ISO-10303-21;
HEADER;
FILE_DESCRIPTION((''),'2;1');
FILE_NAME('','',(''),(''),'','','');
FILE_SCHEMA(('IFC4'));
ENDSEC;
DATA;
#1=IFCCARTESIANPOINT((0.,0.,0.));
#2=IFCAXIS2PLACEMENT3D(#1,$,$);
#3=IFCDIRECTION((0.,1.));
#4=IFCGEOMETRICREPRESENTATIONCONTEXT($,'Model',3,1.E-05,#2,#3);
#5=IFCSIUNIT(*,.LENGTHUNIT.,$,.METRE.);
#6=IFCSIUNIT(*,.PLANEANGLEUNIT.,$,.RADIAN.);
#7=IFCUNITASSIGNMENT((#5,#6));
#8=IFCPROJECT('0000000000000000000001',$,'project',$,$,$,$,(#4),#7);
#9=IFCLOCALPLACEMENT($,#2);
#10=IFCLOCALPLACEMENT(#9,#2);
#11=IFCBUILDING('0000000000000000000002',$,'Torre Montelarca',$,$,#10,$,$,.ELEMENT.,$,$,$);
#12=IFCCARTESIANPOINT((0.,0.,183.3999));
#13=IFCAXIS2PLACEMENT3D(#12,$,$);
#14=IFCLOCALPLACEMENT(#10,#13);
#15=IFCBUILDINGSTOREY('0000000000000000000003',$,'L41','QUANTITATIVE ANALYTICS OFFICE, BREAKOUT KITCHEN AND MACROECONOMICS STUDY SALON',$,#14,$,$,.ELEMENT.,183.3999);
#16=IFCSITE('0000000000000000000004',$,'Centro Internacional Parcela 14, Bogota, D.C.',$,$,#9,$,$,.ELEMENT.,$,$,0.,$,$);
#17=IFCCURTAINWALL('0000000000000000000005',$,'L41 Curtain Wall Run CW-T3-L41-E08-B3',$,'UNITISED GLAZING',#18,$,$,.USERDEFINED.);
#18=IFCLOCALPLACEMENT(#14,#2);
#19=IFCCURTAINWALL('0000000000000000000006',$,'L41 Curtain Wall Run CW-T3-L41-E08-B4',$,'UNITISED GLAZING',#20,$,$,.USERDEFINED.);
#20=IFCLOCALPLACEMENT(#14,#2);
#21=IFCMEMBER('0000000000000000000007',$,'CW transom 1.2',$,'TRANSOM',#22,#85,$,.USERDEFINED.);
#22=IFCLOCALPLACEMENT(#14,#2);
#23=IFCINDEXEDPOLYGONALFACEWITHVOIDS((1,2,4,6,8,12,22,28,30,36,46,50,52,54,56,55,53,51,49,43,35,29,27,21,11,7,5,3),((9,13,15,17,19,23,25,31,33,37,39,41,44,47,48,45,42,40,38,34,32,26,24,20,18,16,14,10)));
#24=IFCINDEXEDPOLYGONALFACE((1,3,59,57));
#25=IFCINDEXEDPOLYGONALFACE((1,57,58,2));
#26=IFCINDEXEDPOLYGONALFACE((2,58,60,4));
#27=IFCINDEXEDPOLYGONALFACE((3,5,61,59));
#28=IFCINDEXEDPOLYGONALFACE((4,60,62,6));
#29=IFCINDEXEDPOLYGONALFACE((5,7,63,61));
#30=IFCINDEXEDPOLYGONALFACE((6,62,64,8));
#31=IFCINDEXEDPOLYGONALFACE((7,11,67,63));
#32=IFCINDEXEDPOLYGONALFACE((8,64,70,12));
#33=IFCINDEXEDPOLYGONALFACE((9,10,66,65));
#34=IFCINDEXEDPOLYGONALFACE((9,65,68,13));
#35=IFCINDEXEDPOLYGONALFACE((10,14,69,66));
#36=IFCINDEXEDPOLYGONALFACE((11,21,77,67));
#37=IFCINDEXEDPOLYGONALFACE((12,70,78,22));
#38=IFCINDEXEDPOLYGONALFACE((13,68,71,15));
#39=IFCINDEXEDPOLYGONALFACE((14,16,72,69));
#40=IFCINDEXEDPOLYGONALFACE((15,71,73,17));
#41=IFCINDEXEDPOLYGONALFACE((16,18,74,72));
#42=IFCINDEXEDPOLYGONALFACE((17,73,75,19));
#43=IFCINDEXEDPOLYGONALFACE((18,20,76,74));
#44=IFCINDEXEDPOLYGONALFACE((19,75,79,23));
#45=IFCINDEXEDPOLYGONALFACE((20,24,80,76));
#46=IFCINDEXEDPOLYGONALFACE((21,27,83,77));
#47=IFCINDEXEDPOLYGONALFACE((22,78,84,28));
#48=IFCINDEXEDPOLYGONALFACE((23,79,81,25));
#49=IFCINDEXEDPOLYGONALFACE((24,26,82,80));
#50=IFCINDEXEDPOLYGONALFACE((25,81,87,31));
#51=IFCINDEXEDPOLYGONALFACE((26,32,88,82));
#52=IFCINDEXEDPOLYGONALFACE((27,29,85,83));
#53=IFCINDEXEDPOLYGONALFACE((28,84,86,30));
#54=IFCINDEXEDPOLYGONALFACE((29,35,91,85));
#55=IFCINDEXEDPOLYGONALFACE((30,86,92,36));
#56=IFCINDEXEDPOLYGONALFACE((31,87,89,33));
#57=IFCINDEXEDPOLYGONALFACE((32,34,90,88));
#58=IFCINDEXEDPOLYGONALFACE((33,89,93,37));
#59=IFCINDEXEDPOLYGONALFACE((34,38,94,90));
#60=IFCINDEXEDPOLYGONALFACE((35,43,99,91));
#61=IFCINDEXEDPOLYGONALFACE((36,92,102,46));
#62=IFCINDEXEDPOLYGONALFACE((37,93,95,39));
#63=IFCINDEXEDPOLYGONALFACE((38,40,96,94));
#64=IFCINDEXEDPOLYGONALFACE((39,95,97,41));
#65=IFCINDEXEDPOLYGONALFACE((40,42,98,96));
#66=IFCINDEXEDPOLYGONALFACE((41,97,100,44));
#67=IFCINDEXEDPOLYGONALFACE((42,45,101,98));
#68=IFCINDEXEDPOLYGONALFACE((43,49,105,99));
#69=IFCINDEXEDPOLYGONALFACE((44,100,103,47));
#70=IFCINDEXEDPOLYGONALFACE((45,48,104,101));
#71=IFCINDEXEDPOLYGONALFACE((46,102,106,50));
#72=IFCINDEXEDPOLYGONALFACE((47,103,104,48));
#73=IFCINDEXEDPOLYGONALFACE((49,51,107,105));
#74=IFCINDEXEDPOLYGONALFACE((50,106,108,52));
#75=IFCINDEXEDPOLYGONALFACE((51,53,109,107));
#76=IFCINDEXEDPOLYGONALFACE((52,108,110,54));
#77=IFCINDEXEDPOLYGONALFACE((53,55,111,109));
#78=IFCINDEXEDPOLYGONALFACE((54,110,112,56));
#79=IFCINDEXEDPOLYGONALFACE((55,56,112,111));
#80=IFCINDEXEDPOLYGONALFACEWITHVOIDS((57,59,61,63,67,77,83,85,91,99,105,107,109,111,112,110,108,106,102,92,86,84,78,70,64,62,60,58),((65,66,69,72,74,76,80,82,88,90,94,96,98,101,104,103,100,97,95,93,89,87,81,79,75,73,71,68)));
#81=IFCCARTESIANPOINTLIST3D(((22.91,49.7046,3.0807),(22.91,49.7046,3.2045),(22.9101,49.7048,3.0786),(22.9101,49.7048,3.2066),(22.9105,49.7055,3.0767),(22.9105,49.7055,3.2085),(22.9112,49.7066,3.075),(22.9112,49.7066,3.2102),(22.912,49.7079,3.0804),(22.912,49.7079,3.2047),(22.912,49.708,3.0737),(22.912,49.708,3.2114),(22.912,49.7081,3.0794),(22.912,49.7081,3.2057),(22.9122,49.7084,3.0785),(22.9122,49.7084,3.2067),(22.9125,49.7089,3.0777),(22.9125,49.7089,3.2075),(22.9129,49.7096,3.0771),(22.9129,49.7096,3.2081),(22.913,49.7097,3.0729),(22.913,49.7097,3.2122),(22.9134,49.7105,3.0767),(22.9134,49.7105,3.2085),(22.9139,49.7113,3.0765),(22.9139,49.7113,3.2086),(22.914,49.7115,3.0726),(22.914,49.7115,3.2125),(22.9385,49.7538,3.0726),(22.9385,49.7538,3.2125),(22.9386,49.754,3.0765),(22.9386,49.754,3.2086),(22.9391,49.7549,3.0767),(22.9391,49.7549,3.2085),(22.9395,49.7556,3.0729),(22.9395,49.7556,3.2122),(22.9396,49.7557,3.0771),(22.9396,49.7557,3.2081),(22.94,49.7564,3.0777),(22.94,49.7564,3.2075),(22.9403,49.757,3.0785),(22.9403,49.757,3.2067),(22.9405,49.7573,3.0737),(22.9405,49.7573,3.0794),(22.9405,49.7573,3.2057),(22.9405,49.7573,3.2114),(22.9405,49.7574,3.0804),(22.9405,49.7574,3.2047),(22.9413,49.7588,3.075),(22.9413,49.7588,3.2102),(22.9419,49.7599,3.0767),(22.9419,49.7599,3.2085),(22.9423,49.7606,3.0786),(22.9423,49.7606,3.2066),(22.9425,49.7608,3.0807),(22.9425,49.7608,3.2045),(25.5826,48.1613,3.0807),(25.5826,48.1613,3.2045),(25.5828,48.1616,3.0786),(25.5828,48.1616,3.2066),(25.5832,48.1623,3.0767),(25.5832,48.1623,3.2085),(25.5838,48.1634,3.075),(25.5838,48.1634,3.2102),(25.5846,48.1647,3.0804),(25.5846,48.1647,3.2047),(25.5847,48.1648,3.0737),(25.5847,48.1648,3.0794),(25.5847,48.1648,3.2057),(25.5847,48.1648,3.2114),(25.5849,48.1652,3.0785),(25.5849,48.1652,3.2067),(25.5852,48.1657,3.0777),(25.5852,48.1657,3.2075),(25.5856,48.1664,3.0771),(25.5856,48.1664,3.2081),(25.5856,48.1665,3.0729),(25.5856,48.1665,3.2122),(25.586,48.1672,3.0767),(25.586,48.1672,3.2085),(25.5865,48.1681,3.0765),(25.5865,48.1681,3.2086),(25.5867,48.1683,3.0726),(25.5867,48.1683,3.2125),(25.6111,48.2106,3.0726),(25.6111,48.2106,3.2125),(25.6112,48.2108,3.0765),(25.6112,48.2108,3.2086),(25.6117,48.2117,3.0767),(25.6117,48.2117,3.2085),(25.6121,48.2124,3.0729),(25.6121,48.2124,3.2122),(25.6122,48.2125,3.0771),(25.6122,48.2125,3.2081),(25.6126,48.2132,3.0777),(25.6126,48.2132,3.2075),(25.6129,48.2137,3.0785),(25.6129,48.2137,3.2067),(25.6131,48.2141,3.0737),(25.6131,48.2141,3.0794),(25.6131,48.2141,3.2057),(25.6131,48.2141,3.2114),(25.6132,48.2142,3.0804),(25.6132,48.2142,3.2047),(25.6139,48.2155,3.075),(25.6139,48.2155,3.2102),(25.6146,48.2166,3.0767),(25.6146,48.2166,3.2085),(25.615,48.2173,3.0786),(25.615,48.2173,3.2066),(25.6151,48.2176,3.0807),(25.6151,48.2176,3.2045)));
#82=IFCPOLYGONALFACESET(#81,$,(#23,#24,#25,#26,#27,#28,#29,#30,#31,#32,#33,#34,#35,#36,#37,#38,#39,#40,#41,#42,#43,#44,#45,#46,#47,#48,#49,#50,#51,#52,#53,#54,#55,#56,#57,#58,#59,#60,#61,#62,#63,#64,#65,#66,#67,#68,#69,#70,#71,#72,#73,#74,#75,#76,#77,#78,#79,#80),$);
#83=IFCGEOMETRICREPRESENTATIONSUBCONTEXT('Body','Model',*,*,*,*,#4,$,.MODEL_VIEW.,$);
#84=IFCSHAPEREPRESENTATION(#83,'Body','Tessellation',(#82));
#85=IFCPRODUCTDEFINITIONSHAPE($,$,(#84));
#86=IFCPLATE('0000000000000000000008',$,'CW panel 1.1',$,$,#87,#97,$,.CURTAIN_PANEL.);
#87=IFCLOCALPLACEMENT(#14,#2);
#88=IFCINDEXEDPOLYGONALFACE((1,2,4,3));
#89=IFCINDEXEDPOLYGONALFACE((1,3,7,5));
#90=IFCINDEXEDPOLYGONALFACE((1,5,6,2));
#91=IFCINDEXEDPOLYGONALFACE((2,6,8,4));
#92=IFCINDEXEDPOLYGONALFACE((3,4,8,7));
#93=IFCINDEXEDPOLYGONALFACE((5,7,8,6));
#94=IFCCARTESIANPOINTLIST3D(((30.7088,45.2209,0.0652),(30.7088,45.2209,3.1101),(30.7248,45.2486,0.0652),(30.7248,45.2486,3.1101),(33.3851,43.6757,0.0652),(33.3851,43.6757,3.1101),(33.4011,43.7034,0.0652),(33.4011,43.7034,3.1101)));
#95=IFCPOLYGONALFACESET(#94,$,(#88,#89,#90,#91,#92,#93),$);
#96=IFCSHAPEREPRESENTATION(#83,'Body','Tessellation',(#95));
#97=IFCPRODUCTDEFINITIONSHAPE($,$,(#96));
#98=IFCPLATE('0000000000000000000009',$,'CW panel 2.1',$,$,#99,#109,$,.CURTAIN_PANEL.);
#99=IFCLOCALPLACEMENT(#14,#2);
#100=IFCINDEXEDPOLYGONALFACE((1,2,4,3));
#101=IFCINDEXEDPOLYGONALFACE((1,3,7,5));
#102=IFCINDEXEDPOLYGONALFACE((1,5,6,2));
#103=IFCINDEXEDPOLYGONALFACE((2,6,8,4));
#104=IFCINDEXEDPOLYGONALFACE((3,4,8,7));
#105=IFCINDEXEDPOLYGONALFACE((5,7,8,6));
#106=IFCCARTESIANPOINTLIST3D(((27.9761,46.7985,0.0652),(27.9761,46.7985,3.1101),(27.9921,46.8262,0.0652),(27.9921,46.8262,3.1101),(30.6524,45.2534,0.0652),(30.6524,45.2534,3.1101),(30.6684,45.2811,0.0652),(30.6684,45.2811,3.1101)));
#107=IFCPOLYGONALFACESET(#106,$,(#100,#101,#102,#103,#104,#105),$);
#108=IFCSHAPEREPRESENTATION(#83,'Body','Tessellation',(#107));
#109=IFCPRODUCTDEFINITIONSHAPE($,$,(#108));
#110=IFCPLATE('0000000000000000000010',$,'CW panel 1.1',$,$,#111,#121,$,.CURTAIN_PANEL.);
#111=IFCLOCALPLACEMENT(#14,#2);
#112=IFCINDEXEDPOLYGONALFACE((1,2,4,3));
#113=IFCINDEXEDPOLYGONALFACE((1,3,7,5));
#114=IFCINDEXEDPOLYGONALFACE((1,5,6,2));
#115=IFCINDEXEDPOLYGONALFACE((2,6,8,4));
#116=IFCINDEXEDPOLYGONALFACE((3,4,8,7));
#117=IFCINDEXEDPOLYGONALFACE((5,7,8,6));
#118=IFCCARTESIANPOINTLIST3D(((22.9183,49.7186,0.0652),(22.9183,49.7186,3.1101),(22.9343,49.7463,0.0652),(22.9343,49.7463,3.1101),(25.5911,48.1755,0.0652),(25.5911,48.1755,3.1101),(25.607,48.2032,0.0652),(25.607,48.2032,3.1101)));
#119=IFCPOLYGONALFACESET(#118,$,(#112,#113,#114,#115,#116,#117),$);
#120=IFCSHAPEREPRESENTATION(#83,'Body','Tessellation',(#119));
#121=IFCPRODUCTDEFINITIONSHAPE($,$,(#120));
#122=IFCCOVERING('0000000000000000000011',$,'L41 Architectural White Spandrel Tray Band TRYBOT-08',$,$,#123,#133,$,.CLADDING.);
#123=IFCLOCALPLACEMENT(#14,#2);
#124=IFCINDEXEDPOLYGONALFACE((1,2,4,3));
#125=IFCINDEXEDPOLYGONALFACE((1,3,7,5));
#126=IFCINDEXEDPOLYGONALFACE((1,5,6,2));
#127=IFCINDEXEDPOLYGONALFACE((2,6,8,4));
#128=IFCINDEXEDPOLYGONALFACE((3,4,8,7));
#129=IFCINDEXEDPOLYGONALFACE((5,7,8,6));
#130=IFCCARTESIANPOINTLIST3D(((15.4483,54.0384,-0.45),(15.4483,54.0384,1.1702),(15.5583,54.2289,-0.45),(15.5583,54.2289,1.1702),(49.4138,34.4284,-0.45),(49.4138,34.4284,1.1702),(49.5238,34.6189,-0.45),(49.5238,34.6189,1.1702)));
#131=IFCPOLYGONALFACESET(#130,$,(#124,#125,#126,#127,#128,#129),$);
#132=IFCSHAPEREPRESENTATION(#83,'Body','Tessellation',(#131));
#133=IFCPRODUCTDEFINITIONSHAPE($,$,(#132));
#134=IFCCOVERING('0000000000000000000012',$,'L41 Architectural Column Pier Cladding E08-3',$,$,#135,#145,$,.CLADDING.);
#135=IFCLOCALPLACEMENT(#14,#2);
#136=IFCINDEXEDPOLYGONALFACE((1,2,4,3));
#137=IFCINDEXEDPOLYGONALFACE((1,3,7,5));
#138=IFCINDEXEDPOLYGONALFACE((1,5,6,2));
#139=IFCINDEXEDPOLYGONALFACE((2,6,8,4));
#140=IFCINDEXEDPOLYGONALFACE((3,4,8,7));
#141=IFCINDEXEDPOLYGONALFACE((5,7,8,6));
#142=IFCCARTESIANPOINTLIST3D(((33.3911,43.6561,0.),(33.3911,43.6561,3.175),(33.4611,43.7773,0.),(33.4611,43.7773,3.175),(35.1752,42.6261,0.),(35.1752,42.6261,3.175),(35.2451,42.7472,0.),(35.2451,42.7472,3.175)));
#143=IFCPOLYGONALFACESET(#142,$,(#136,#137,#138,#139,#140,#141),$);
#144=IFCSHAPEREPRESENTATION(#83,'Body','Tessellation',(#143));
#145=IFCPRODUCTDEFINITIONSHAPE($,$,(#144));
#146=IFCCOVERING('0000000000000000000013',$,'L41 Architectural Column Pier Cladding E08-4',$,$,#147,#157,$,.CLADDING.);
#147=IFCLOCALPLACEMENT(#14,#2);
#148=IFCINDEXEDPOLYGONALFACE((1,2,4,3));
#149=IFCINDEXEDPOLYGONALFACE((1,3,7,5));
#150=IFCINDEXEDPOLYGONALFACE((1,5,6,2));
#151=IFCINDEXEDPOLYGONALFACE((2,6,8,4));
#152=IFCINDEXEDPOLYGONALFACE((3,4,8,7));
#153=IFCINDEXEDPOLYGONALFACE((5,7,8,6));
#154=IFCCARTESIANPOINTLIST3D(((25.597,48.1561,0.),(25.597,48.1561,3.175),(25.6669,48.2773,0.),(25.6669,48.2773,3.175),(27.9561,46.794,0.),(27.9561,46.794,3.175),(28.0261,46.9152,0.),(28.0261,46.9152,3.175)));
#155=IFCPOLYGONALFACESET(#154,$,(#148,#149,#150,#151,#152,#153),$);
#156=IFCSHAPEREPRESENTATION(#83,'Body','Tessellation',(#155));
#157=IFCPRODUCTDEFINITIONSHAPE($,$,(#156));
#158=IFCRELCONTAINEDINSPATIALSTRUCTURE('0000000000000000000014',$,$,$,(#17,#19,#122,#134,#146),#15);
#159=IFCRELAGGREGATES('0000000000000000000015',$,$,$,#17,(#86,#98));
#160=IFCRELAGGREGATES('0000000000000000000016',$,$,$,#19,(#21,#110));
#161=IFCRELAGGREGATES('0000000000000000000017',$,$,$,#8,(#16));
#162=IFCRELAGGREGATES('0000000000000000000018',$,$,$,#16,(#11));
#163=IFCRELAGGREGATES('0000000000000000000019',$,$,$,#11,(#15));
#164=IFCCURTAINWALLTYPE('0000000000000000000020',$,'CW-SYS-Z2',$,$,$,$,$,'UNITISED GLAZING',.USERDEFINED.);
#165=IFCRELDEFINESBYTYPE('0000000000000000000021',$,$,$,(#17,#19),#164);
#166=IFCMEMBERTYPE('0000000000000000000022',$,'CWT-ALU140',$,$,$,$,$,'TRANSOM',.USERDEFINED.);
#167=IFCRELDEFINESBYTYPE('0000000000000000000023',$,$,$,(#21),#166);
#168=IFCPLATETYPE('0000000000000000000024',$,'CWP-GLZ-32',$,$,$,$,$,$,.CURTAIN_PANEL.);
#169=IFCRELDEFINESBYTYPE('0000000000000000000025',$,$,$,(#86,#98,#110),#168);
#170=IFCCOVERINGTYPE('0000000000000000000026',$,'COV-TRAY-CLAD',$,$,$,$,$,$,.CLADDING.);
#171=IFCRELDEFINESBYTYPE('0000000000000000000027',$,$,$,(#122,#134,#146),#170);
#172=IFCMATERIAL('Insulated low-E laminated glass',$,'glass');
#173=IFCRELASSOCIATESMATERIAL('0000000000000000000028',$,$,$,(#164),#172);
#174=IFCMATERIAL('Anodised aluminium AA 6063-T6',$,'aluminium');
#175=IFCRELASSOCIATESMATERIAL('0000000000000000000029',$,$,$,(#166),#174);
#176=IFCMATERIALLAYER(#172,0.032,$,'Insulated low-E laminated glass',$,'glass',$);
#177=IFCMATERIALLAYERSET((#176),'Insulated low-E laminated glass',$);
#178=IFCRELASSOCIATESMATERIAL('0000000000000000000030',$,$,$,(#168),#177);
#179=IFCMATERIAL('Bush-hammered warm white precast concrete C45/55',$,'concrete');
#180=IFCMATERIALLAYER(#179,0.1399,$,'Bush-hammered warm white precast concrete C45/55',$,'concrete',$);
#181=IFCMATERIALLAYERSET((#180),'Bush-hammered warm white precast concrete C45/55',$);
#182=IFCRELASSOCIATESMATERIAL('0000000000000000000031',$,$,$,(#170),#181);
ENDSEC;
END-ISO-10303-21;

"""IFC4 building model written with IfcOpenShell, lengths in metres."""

from ifc_helpers import new_model, si_unit, direction, frame, origin, origin_2d, place, context, subcontext, project, spatial, rectangle, hollow_rectangle, extrude, source, transform, mapped, material, layer, layer_set, material_profile, profile_set, type_object, element, aggregate, save


model = new_model("IFC4")

# Units and contexts
model_context = context("Model", 3, precision=1e-05, world=origin(), true_north=direction((0.0, 1.0)))
body_context = subcontext(model_context, "Body", "Model", "MODEL_VIEW")
ifc_project = project(units=[si_unit("LENGTHUNIT", "METRE"), si_unit("PLANEANGLEUNIT", "RADIAN")], contexts=[model_context])

# Site, building, storey
site_placement = place(None, origin())
site = spatial("IfcSite", under=ifc_project, at=site_placement, Name="Centro Internacional Parcela 14, Bogota, D.C.", CompositionType="ELEMENT", RefElevation=0.0)
building_placement = place(site_placement, origin())
building = spatial("IfcBuilding", under=site, at=building_placement, Name="Torre Montelarca", CompositionType="ELEMENT")
storey_placement = place(building_placement, frame((0.0, 0.0, 183.3999)))
storey = spatial("IfcBuildingStorey", under=building, at=storey_placement, Name="L41", Description="QUANTITATIVE ANALYTICS OFFICE, BREAKOUT KITCHEN AND MACROECONOMICS STUDY SALON", CompositionType="ELEMENT", Elevation=183.3999)

# Shared definitions
ifc_material_1 = material(Name="Insulated low-E laminated glass", Category="glass")
curtain_wall_type = type_object("IfcCurtainWallType", Name="CW-SYS-Z2", ElementType="UNITISED GLAZING", PredefinedType="USERDEFINED", material=ifc_material_1)
ifc_material_2 = material(Name="Anodised aluminium AA 6063-T6", Category="aluminium")

# Curtain wall
curtain_wall_1_placement = place(storey_placement, origin())
curtain_wall_1 = element("IfcCurtainWall", 1, at=curtain_wall_1_placement, inside=storey, type_object=curtain_wall_type, Name="L41 Curtain Wall Run CW-T3-L41-E08-B3", ObjectType="UNITISED GLAZING", PredefinedType="USERDEFINED")

# Curtain wall
curtain_wall_2_placement = place(storey_placement, origin())
curtain_wall_2 = element("IfcCurtainWall", 2, at=curtain_wall_2_placement, inside=storey, type_object=curtain_wall_type, Name="L41 Curtain Wall Run CW-T3-L41-E08-B4", ObjectType="UNITISED GLAZING", PredefinedType="USERDEFINED")

# Member
ifc_material_profile_1 = material_profile(ifc_material_2, hollow_rectangle(XDim=0.0649, YDim=0.1399, WallThickness=0.0039, InnerFilletRadius=0.0039, OuterFilletRadius=0.0081, at=origin_2d()), Name="ALU65X140X4", Category="aluminium")
ifc_profile_set_1 = profile_set([ifc_material_profile_1], Name="Anodised aluminium AA 6063-T6")
member_type_1 = type_object("IfcMemberType", Name="CWT-ALU140", ElementType="TRANSOM", PredefinedType="USERDEFINED", material=ifc_profile_set_1)
shared_shape_1 = source(origin(), body_context, "Body", "SweptSolid", [
    extrude(hollow_rectangle(XDim=0.0649, YDim=0.1399, WallThickness=0.0039, InnerFilletRadius=0.0039, OuterFilletRadius=0.0081, at=origin_2d()), origin(), (0.0, 0.0, 1.0), 3.0862),
])
member_1_placement = place(storey_placement, frame((25.5989, 48.1895, 3.1426), z_axis=(-0.866, 0.500044, 0.0), x_axis=(-0.500044, -0.866, 0.0)))
member_1 = element("IfcMember", 3, at=member_1_placement, type_object=member_type_1, Name="CW transom 1.2", ObjectType="TRANSOM", PredefinedType="USERDEFINED", context=body_context, shape_type="MappedRepresentation", body=[
    mapped(shared_shape_1, transform((0.0, 0.0, 0.0), scale=1.0)),
])

# Plates
ifc_layer_1 = layer(ifc_material_1, 0.032, Name="Insulated low-E laminated glass", Category="glass")
ifc_layer_set_1 = layer_set([ifc_layer_1], Name="Insulated low-E laminated glass")
plate_type = type_object("IfcPlateType", Name="CWP-GLZ-32", PredefinedType="CURTAIN_PANEL", material=ifc_layer_set_1)
shared_shape_2 = source(origin(), body_context, "Body", "SweptSolid", [
    extrude(rectangle(XDim=3.0903, YDim=0.032, at=origin_2d()), origin(), (0.0, 0.0, 1.0), 3.0449),
])
plate_1_placement = place(storey_placement, frame((32.0549, 44.4622, 0.0652), z_axis=(0.0, 0.0, 1.0), x_axis=(-0.866025, 0.5, 0.0)))
plate_1 = element("IfcPlate", 4, at=plate_1_placement, type_object=plate_type, Name="CW panel 1.1", PredefinedType="CURTAIN_PANEL", context=body_context, shape_type="MappedRepresentation", body=[
    mapped(shared_shape_2, transform((0.0, 0.0, 0.0), scale=1.0)),
])
plate_2_placement = place(storey_placement, frame((29.3223, 46.0398, 0.0652), z_axis=(0.0, 0.0, 1.0), x_axis=(-0.866025, 0.5, 0.0)))
plate_2 = element("IfcPlate", 5, at=plate_2_placement, type_object=plate_type, Name="CW panel 2.1", PredefinedType="CURTAIN_PANEL", context=body_context, shape_type="MappedRepresentation", body=[
    mapped(shared_shape_2, transform((0.0, 0.0, 0.0), scale=1.0)),
])
aggregate(curtain_wall_1, [plate_1, plate_2])
shared_shape_3 = source(origin(), body_context, "Body", "SweptSolid", [
    extrude(rectangle(XDim=3.0862, YDim=0.032, at=origin_2d()), origin(), (0.0, 0.0, 1.0), 3.0449),
])
plate_3_placement = place(storey_placement, frame((24.2627, 48.9609, 0.0652), z_axis=(0.0, 0.0, 1.0), x_axis=(-0.866027, 0.499997, 0.0)))
plate_3 = element("IfcPlate", 6, at=plate_3_placement, type_object=plate_type, Name="CW panel 1.1", PredefinedType="CURTAIN_PANEL", context=body_context, shape_type="MappedRepresentation", body=[
    mapped(shared_shape_3, transform((0.0, 0.0, 0.0), scale=1.0)),
])
aggregate(curtain_wall_2, [member_1, plate_3])

# Coverings
ifc_material_3 = material(Name="Bush-hammered warm white precast concrete C45/55", Category="concrete")
ifc_layer_2 = layer(ifc_material_3, 0.1399, Name="Bush-hammered warm white precast concrete C45/55", Category="concrete")
ifc_layer_set_2 = layer_set([ifc_layer_2], Name="Bush-hammered warm white precast concrete C45/55")
covering_type = type_object("IfcCoveringType", Name="COV-TRAY-CLAD", PredefinedType="CLADDING", material=ifc_layer_set_2)
shared_shape_4 = source(origin(), body_context, "Body", "SweptSolid", [
    extrude(rectangle(XDim=39.22, YDim=0.22, at=origin_2d()), origin(), (0.0, 0.0, 1.0), 1.6201),
])
covering_1_placement = place(storey_placement, frame((32.4861, 44.3286, -0.45), z_axis=(0.0, 0.0, 1.0), x_axis=(-0.866025, 0.5, 0.0)))
element("IfcCovering", 7, at=covering_1_placement, inside=storey, type_object=covering_type, Name="L41 Architectural White Spandrel Tray Band TRYBOT-08", PredefinedType="CLADDING", context=body_context, shape_type="MappedRepresentation", body=[
    mapped(shared_shape_4, transform((0.0, 0.0, 0.0), scale=1.0)),
])
shared_shape_5 = source(origin(), body_context, "Body", "SweptSolid", [
    extrude(rectangle(XDim=2.0601, YDim=0.1399, at=origin_2d()), origin(), (0.0, 0.0, 1.0), 3.175),
])
covering_2_placement = place(storey_placement, frame((34.3181, 43.2017, 0.0), z_axis=(0.0, 0.0, 1.0), x_axis=(-0.866025, 0.5, 0.0)))
element("IfcCovering", 8, at=covering_2_placement, inside=storey, type_object=covering_type, Name="L41 Architectural Column Pier Cladding E08-3", PredefinedType="CLADDING", context=body_context, shape_type="MappedRepresentation", body=[
    mapped(shared_shape_5, transform((0.0, 0.0, 0.0), scale=1.0)),
])
shared_shape_6 = source(origin(), body_context, "Body", "SweptSolid", [
    extrude(rectangle(XDim=2.7241, YDim=0.1399, at=origin_2d()), origin(), (0.0, 0.0, 1.0), 3.175),
])
covering_3_placement = place(storey_placement, frame((26.8115, 47.5356, 0.0), z_axis=(0.0, 0.0, 1.0), x_axis=(-0.866025, 0.5, 0.0)))
element("IfcCovering", 9, at=covering_3_placement, inside=storey, type_object=covering_type, Name="L41 Architectural Column Pier Cladding E08-4", PredefinedType="CLADDING", context=body_context, shape_type="MappedRepresentation", body=[
    mapped(shared_shape_6, transform((0.0, 0.0, 0.0), scale=1.0)),
])

save(model, "model.ifc")
